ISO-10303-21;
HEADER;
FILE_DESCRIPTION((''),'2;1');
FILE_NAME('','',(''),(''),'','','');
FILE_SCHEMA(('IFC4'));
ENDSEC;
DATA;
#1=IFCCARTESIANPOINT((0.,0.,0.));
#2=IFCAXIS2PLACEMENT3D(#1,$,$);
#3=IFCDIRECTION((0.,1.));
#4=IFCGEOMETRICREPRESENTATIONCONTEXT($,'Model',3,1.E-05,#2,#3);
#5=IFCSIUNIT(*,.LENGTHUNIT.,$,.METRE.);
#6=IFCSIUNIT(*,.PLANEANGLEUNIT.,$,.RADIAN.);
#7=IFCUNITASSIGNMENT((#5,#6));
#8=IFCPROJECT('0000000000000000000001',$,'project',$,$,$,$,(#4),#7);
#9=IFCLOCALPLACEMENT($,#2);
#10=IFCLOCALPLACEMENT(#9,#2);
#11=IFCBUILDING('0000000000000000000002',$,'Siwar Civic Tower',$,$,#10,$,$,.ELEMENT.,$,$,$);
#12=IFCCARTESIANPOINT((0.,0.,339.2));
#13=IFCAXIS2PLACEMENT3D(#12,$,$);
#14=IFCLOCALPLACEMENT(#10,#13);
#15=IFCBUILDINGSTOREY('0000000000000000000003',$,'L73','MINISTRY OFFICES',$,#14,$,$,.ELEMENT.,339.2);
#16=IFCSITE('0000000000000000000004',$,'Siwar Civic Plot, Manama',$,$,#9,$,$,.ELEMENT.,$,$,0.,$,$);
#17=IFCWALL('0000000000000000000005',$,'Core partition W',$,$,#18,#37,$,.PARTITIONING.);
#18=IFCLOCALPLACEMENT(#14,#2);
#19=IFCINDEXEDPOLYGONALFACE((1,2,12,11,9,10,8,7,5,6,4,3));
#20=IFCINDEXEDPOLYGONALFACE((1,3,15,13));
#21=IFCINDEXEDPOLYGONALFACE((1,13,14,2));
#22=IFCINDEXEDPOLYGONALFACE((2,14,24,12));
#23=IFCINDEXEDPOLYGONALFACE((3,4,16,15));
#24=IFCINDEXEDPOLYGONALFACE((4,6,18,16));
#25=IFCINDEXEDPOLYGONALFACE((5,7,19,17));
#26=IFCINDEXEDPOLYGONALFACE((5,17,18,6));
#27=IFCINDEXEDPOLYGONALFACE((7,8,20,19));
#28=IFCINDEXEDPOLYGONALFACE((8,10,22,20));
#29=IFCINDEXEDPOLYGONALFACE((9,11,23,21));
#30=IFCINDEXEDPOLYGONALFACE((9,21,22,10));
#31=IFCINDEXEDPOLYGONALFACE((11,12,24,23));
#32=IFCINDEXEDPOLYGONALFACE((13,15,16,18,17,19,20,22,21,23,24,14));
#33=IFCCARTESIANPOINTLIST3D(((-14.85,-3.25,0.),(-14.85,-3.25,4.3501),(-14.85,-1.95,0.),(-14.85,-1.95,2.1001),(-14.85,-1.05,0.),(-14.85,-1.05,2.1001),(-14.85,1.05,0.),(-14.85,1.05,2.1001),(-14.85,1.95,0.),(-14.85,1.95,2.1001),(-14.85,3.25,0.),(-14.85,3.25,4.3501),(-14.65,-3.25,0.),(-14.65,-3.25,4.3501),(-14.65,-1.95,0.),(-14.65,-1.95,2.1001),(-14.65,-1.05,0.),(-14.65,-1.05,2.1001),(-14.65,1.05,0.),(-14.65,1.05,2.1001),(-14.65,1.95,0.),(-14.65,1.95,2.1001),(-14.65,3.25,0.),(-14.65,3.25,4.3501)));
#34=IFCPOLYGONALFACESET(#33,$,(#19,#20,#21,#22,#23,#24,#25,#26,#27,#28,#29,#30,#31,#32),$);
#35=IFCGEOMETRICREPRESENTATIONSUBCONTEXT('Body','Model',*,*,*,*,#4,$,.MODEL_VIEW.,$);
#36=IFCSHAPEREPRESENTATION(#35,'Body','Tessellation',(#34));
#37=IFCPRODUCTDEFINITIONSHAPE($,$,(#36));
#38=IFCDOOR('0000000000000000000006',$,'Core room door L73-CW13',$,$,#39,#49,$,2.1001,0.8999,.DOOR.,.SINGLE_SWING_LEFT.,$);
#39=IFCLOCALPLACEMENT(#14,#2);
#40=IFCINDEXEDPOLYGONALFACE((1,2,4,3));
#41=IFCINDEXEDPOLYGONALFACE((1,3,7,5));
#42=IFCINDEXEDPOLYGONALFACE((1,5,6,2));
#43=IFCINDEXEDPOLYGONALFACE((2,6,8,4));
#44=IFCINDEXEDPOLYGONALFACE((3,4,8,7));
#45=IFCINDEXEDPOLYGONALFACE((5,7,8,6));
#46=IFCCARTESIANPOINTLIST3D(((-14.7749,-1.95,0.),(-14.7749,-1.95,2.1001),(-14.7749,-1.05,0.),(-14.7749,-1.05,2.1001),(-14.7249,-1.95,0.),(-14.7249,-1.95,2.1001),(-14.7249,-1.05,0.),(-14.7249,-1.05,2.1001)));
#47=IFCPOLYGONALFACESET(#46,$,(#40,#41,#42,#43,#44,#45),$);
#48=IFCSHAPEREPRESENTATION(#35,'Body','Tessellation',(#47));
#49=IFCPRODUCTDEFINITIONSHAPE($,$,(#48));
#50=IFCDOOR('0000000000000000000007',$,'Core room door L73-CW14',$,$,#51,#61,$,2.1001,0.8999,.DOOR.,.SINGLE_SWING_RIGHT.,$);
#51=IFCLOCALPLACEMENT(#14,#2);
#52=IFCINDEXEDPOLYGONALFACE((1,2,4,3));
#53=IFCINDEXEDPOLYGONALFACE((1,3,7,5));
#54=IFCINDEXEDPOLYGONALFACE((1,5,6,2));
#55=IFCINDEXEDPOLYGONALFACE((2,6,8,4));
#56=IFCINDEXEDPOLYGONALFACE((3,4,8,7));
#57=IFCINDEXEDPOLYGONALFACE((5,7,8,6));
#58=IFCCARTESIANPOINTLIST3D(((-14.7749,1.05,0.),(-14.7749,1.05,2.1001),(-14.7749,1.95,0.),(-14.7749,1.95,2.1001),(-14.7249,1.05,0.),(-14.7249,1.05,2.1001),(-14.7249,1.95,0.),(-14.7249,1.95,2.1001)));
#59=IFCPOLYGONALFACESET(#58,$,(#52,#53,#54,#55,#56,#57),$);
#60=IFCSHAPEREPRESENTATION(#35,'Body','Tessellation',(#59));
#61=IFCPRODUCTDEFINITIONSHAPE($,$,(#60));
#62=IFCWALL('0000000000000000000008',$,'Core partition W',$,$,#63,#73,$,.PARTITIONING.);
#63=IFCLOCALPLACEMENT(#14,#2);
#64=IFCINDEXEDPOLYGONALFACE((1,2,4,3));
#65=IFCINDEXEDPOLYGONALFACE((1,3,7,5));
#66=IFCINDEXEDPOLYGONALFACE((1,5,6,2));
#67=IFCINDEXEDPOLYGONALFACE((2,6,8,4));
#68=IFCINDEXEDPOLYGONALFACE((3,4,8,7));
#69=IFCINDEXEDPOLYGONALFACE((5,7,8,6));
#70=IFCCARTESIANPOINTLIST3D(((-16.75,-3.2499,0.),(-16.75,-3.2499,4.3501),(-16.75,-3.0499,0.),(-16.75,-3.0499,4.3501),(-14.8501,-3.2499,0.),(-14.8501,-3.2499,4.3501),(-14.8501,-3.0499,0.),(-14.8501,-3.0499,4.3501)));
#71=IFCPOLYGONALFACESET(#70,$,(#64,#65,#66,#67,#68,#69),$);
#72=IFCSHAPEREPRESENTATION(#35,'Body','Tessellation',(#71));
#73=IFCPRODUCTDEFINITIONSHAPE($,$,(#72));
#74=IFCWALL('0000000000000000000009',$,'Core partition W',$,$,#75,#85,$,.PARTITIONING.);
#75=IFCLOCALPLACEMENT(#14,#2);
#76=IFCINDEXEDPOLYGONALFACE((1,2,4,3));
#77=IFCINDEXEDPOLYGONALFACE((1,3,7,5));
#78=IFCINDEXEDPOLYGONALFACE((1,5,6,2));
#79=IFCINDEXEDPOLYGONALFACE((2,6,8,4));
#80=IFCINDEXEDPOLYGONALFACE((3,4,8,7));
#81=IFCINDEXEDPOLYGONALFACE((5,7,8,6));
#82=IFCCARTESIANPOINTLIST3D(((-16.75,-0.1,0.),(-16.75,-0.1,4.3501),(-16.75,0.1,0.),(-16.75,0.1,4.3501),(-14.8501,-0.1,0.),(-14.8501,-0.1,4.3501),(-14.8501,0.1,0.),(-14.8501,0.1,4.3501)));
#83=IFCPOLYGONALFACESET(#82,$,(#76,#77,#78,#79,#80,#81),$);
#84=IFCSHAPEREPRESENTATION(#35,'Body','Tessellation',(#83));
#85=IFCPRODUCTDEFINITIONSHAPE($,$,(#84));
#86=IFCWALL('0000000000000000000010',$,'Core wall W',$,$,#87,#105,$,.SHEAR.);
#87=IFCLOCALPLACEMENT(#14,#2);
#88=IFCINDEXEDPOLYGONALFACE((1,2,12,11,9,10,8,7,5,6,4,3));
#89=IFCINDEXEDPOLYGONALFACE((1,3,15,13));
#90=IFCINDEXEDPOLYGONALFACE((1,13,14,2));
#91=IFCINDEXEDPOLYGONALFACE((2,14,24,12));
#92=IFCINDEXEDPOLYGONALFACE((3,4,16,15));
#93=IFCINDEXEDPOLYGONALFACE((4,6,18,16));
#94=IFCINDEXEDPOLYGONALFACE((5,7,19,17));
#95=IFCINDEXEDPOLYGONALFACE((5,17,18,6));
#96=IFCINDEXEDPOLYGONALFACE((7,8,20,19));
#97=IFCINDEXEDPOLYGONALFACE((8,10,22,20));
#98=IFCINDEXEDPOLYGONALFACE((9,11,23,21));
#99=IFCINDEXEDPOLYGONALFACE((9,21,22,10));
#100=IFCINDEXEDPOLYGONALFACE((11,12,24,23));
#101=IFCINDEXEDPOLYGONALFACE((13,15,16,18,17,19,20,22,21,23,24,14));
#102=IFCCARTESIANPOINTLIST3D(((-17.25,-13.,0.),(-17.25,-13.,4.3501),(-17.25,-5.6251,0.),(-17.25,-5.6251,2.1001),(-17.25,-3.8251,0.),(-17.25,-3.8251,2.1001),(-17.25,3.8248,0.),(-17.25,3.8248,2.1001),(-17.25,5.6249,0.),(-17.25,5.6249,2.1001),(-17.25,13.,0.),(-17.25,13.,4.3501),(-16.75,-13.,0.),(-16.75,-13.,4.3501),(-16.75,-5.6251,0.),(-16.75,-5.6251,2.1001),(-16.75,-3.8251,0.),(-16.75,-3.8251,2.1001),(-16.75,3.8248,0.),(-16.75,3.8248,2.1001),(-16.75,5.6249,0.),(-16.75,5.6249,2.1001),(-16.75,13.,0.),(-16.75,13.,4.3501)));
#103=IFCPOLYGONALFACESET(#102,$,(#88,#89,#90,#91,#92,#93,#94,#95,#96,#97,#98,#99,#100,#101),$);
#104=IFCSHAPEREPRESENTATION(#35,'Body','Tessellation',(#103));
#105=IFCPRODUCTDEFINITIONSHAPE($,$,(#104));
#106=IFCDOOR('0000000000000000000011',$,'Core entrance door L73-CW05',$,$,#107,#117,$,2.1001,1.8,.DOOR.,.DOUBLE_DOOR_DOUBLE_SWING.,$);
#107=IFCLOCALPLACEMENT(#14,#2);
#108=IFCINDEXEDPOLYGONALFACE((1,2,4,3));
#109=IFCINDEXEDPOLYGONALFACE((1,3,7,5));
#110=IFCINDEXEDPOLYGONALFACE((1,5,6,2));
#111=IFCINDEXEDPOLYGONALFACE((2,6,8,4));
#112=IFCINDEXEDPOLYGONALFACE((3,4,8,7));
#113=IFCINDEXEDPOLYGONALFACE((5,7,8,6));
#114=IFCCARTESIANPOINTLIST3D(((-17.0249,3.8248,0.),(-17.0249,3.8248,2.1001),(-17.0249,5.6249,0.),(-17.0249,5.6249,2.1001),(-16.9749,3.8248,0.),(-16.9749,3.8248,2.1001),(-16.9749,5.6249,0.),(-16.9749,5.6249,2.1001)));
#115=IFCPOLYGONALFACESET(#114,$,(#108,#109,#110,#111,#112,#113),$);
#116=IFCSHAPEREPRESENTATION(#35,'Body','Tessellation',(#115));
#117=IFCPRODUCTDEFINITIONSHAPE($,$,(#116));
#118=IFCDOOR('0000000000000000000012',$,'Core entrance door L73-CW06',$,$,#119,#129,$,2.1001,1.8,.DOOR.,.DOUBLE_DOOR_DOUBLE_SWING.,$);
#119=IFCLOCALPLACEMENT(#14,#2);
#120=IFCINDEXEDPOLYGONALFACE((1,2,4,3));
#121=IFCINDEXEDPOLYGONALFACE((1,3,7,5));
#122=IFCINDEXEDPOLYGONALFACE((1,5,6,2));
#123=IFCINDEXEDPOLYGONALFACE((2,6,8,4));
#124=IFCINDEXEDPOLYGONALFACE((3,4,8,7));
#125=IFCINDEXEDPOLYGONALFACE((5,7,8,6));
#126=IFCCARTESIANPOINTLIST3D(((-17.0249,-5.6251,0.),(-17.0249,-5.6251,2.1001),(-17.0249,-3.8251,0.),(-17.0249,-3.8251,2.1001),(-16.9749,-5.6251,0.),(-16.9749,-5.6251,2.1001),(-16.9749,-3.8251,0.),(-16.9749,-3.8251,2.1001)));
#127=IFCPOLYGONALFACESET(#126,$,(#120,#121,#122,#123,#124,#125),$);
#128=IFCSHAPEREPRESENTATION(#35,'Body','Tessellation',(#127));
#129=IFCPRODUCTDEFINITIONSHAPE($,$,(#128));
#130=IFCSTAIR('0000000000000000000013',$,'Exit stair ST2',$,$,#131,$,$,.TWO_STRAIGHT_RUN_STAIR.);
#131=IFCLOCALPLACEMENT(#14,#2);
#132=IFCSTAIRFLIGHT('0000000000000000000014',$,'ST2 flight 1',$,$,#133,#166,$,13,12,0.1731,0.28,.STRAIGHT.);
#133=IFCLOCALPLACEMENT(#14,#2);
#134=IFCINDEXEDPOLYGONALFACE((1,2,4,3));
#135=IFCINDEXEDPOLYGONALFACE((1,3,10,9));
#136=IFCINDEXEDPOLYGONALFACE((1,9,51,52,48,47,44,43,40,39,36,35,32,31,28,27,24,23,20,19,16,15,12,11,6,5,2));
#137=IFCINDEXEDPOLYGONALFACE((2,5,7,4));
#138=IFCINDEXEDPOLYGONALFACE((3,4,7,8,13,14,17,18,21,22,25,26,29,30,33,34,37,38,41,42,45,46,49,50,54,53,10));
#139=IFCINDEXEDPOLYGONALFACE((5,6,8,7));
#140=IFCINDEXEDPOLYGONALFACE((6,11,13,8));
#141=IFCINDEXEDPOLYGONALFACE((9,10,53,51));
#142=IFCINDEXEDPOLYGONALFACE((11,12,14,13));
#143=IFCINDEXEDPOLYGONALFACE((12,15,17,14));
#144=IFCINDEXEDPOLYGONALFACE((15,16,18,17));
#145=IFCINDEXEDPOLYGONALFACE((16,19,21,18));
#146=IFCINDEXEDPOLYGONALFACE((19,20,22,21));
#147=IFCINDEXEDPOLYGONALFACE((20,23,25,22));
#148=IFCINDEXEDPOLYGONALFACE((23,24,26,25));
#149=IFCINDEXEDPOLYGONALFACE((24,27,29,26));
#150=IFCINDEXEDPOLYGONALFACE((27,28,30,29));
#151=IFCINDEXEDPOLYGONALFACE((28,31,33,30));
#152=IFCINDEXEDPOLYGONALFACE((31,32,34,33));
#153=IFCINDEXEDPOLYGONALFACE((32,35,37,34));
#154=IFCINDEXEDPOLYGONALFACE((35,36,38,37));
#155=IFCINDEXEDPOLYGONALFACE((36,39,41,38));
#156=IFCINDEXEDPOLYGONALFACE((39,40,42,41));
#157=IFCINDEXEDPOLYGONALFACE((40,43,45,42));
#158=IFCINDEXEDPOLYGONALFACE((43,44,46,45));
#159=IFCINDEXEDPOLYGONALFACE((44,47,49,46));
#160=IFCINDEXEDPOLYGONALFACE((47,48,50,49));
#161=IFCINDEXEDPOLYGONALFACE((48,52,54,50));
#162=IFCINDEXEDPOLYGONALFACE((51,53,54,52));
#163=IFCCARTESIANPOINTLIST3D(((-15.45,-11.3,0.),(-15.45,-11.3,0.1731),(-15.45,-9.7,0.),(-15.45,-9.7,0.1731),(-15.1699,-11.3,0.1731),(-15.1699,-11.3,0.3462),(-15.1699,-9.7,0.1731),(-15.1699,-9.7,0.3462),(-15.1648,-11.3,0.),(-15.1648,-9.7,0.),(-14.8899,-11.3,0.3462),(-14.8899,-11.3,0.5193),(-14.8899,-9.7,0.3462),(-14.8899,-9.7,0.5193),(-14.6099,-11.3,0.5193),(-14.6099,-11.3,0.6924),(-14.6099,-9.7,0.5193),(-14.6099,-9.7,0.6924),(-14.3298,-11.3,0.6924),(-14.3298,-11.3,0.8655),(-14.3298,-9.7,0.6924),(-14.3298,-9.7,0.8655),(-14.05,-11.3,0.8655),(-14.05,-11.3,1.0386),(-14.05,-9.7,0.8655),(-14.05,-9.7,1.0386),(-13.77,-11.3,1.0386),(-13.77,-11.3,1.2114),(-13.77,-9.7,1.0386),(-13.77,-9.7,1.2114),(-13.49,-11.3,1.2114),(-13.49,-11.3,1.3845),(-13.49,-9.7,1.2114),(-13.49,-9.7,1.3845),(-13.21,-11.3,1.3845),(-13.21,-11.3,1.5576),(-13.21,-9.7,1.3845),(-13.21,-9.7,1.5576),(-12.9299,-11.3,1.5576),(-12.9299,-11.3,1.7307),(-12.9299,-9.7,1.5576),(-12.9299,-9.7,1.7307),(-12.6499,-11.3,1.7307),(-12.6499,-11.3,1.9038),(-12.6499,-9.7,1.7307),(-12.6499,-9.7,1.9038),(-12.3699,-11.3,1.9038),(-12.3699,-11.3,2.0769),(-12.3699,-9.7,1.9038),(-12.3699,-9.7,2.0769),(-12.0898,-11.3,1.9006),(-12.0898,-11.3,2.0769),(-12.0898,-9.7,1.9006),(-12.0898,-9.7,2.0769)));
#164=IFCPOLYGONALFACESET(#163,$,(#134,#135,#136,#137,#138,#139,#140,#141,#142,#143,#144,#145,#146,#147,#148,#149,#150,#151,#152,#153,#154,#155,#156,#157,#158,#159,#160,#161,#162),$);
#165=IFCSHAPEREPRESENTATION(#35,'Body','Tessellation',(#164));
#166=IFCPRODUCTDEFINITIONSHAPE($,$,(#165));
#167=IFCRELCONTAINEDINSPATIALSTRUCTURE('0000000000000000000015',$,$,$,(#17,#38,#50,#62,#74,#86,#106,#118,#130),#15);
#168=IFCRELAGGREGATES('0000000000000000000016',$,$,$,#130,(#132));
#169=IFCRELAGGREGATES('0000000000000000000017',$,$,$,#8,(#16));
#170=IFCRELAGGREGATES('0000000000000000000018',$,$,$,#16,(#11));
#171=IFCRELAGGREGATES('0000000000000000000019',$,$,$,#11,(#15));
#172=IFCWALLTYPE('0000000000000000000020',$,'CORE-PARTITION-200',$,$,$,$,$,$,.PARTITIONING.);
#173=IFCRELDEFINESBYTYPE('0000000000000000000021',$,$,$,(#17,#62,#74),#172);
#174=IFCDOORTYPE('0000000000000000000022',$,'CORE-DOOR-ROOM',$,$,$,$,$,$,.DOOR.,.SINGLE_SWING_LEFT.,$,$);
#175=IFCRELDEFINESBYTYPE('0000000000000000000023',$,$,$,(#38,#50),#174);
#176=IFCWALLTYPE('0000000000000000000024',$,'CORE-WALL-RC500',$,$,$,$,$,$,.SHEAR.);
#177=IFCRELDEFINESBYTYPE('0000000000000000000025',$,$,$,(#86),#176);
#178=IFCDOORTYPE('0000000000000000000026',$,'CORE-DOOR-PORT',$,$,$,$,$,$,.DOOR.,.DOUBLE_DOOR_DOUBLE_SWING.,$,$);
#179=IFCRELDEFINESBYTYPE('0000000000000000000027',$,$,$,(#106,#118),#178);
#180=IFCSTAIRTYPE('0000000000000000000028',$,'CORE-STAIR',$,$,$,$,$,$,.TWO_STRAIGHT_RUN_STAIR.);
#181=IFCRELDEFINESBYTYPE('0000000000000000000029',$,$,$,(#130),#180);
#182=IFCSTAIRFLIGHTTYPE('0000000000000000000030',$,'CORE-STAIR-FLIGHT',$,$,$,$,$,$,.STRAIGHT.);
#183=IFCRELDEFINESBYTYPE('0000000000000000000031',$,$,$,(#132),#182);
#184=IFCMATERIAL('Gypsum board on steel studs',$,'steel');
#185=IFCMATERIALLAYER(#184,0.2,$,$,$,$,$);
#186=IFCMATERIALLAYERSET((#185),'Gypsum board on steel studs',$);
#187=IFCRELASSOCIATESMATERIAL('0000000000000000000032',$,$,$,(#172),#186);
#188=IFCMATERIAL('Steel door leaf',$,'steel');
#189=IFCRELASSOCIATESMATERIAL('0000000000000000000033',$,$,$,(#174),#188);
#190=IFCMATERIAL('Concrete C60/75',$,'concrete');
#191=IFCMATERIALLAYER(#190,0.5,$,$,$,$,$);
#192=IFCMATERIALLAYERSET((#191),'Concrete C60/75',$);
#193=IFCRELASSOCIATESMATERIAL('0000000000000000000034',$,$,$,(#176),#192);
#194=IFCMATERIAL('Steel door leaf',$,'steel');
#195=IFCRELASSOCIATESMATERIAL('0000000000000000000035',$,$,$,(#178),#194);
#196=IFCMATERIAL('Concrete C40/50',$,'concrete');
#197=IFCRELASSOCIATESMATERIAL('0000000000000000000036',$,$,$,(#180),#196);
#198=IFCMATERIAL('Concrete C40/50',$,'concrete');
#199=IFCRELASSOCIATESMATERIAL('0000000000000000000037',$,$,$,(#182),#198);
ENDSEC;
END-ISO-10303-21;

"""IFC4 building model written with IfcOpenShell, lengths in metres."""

from ifc_helpers import new_model, si_unit, direction, frame, frame_2d, origin, place, context, subcontext, project, spatial, polyline, rectangle, outline, extrude, material, layer, layer_set, type_object, element, fill, aggregate, save


model = new_model("IFC4")

# Units and contexts
model_context = context("Model", 3, precision=1e-05, world=origin(), true_north=direction((0.0, 1.0)))
body_context = subcontext(model_context, "Body", "Model", "MODEL_VIEW")
ifc_project = project(units=[si_unit("LENGTHUNIT", "METRE"), si_unit("PLANEANGLEUNIT", "RADIAN")], contexts=[model_context])

# Site, building, storey
site_placement = place(None, origin())
site = spatial("IfcSite", under=ifc_project, at=site_placement, Name="Siwar Civic Plot, Manama", CompositionType="ELEMENT", RefElevation=0.0)
building_placement = place(site_placement, origin())
building = spatial("IfcBuilding", under=site, at=building_placement, Name="Siwar Civic Tower", CompositionType="ELEMENT")
storey_placement = place(building_placement, frame((0.0, 0.0, 339.2)))
storey = spatial("IfcBuildingStorey", under=building, at=storey_placement, Name="L73", Description="MINISTRY OFFICES", CompositionType="ELEMENT", Elevation=339.2)

# Wall, openings, doors
ifc_material_1 = material(Name="Gypsum board on steel studs", Category="steel")
ifc_layer_1 = layer(ifc_material_1, 0.2)
ifc_layer_set_1 = layer_set([ifc_layer_1], Name="Gypsum board on steel studs")
wall_type_1 = type_object("IfcWallType", Name="CORE-PARTITION-200", PredefinedType="PARTITIONING", material=ifc_layer_set_1)
wall_1_placement = place(storey_placement, frame((-14.75, -3.25, 0.0), z_axis=(0.0, 0.0, 1.0), x_axis=(0.0, 1.0, 0.0)))
wall_1 = element("IfcWall", 1, at=wall_1_placement, inside=storey, type_object=wall_type_1, Name="Core partition W", PredefinedType="PARTITIONING", context=body_context, shape_type="SweptSolid", body=[
    extrude(rectangle(XDim=6.5, YDim=0.2, at=frame_2d((3.25, 0.0))), origin(), (0.0, 0.0, 1.0), 4.3501),
])
opening_1_placement = place(wall_1_placement, frame((1.3, 0.0, 0.0)))
opening_1 = element("IfcOpeningElement", 2, at=opening_1_placement, cuts=wall_1, PredefinedType="OPENING", context=body_context, shape_type="SweptSolid", body=[
    extrude(rectangle(XDim=0.8999, YDim=2.1001, at=frame_2d((0.45, 1.05))), frame((0.0, 0.1099, 0.0), z_axis=(0.0, -1.0, 0.0), x_axis=(1.0, 0.0, 0.0)), (0.0, 0.0, 1.0), 0.22),
])
opening_2_placement = place(wall_1_placement, frame((4.3, 0.0, 0.0)))
opening_2 = element("IfcOpeningElement", 3, at=opening_2_placement, cuts=wall_1, PredefinedType="OPENING", context=body_context, shape_type="SweptSolid", body=[
    extrude(rectangle(XDim=0.8999, YDim=2.1001, at=frame_2d((0.45, 1.05))), frame((0.0, 0.1099, 0.0), z_axis=(0.0, -1.0, 0.0), x_axis=(1.0, 0.0, 0.0)), (0.0, 0.0, 1.0), 0.22),
])
ifc_material_2 = material(Name="Steel door leaf", Category="steel")
door_type_1 = type_object("IfcDoorType", Name="CORE-DOOR-ROOM", OperationType="SINGLE_SWING_LEFT", PredefinedType="DOOR", material=ifc_material_2)
door_1_placement = place(opening_1_placement, origin())
door_1 = element("IfcDoor", 4, at=door_1_placement, inside=storey, type_object=door_type_1, Name="Core room door L73-CW13", OperationType="SINGLE_SWING_LEFT", OverallHeight=2.1001, OverallWidth=0.8999, PredefinedType="DOOR", context=body_context, shape_type="SweptSolid", body=[
    extrude(rectangle(XDim=0.8999, YDim=2.1001, at=frame_2d((0.45, 1.05))), frame((0.0, 0.0249, 0.0), z_axis=(0.0, -1.0, 0.0), x_axis=(1.0, 0.0, 0.0)), (0.0, 0.0, 1.0), 0.05),
])
fill(opening_1, door_1)
door_2_placement = place(opening_2_placement, origin())
door_2 = element("IfcDoor", 5, at=door_2_placement, inside=storey, type_object=door_type_1, Name="Core room door L73-CW14", OperationType="SINGLE_SWING_RIGHT", OverallHeight=2.1001, OverallWidth=0.8999, PredefinedType="DOOR", context=body_context, shape_type="SweptSolid", body=[
    extrude(rectangle(XDim=0.8999, YDim=2.1001, at=frame_2d((0.45, 1.05))), frame((0.0, 0.0249, 0.0), z_axis=(0.0, -1.0, 0.0), x_axis=(1.0, 0.0, 0.0)), (0.0, 0.0, 1.0), 0.05),
])
fill(opening_2, door_2)

# Walls
for number, where, z_axis, x_axis, name in (
    (6, (-14.8501, -3.1499, 0.0), (0.0, 0.0, 1.0), (-1.0, 0.0, 0.0), "Core partition W"),
    (7, (-14.8501, 0.0, 0.0), (0.0, 0.0, 1.0), (-1.0, 0.0, 0.0), "Core partition W"),
):
    element("IfcWall", number, at=place(storey_placement, frame(where, z_axis=z_axis, x_axis=x_axis)), inside=storey, type_object=wall_type_1, Name=name, PredefinedType="PARTITIONING", context=body_context, shape_type="SweptSolid", body=[
        extrude(rectangle(XDim=1.8999, YDim=0.2, at=frame_2d((0.95, 0.0))), origin(), (0.0, 0.0, 1.0), 4.3501),
    ])

# Wall, openings, doors
ifc_material_3 = material(Name="Concrete C60/75", Category="concrete")
ifc_layer_2 = layer(ifc_material_3, 0.5)
ifc_layer_set_2 = layer_set([ifc_layer_2], Name="Concrete C60/75")
wall_type_2 = type_object("IfcWallType", Name="CORE-WALL-RC500", PredefinedType="SHEAR", material=ifc_layer_set_2)
wall_2_placement = place(storey_placement, frame((-17.0, -13.0, 0.0), z_axis=(0.0, 0.0, 1.0), x_axis=(0.0, 1.0, 0.0)))
wall_2 = element("IfcWall", 8, at=wall_2_placement, inside=storey, type_object=wall_type_2, Name="Core wall W", PredefinedType="SHEAR", context=body_context, shape_type="SweptSolid", body=[
    extrude(rectangle(XDim=26.0, YDim=0.5, at=frame_2d((13.0, 0.0))), origin(), (0.0, 0.0, 1.0), 4.3501),
])
opening_3_placement = place(wall_2_placement, frame((16.825, 0.0, 0.0)))
opening_3 = element("IfcOpeningElement", 9, at=opening_3_placement, cuts=wall_2, PredefinedType="OPENING", context=body_context, shape_type="SweptSolid", body=[
    extrude(rectangle(XDim=1.8, YDim=2.1001, at=frame_2d((0.8999, 1.05))), frame((0.0, 0.26, 0.0), z_axis=(0.0, -1.0, 0.0), x_axis=(1.0, 0.0, 0.0)), (0.0, 0.0, 1.0), 0.52),
])
opening_4_placement = place(wall_2_placement, frame((7.375, 0.0, 0.0)))
opening_4 = element("IfcOpeningElement", 10, at=opening_4_placement, cuts=wall_2, PredefinedType="OPENING", context=body_context, shape_type="SweptSolid", body=[
    extrude(rectangle(XDim=1.8, YDim=2.1001, at=frame_2d((0.8999, 1.05))), frame((0.0, 0.26, 0.0), z_axis=(0.0, -1.0, 0.0), x_axis=(1.0, 0.0, 0.0)), (0.0, 0.0, 1.0), 0.52),
])
ifc_material_4 = material(Name="Steel door leaf", Category="steel")
door_type_2 = type_object("IfcDoorType", Name="CORE-DOOR-PORT", OperationType="DOUBLE_DOOR_DOUBLE_SWING", PredefinedType="DOOR", material=ifc_material_4)
door_3_placement = place(opening_3_placement, origin())
door_3 = element("IfcDoor", 11, at=door_3_placement, inside=storey, type_object=door_type_2, Name="Core entrance door L73-CW05", OperationType="DOUBLE_DOOR_DOUBLE_SWING", OverallHeight=2.1001, OverallWidth=1.8, PredefinedType="DOOR", context=body_context, shape_type="SweptSolid", body=[
    extrude(rectangle(XDim=1.8, YDim=2.1001, at=frame_2d((0.8999, 1.05))), frame((0.0, 0.0249, 0.0), z_axis=(0.0, -1.0, 0.0), x_axis=(1.0, 0.0, 0.0)), (0.0, 0.0, 1.0), 0.05),
])
fill(opening_3, door_3)
door_4_placement = place(opening_4_placement, origin())
door_4 = element("IfcDoor", 12, at=door_4_placement, inside=storey, type_object=door_type_2, Name="Core entrance door L73-CW06", OperationType="DOUBLE_DOOR_DOUBLE_SWING", OverallHeight=2.1001, OverallWidth=1.8, PredefinedType="DOOR", context=body_context, shape_type="SweptSolid", body=[
    extrude(rectangle(XDim=1.8, YDim=2.1001, at=frame_2d((0.8999, 1.05))), frame((0.0, 0.0249, 0.0), z_axis=(0.0, -1.0, 0.0), x_axis=(1.0, 0.0, 0.0)), (0.0, 0.0, 1.0), 0.05),
])
fill(opening_4, door_4)

# Stair, stair flight
ifc_material_5 = material(Name="Concrete C40/50", Category="concrete")
stair_type = type_object("IfcStairType", Name="CORE-STAIR", PredefinedType="TWO_STRAIGHT_RUN_STAIR", material=ifc_material_5)
stair_placement = place(storey_placement, origin())
stair = element("IfcStair", 13, at=stair_placement, inside=storey, type_object=stair_type, Name="Exit stair ST2", PredefinedType="TWO_STRAIGHT_RUN_STAIR")
ifc_material_6 = material(Name="Concrete C40/50", Category="concrete")
stair_flight_type = type_object("IfcStairFlightType", Name="CORE-STAIR-FLIGHT", PredefinedType="STRAIGHT", material=ifc_material_6)
stair_flight_placement = place(storey_placement, frame((-15.45, -10.5, 0.0), z_axis=(0.0, 0.0, 1.0), x_axis=(1.0, 0.0, 0.0)))
stair_flight = element("IfcStairFlight", 14, at=stair_flight_placement, type_object=stair_flight_type, Name="ST2 flight 1", NumberOfRisers=13, NumberOfTreads=12, PredefinedType="STRAIGHT", RiserHeight=0.1731, TreadLength=0.28, context=body_context, shape_type="SweptSolid", body=[
    extrude(outline(polyline([(0.0, 0.0), (0.0, 0.1731), (0.28, 0.1731), (0.28, 0.3462), (0.5601, 0.3462), (0.5601, 0.5193), (0.8401, 0.5193), (0.8401, 0.6924), (1.1201, 0.6924), (1.1201, 0.8655), (1.3999, 0.8655), (1.3999, 1.0386), (1.6799, 1.0386), (1.6799, 1.2114), (1.96, 1.2114), (1.96, 1.3845), (2.24, 1.3845), (2.24, 1.5576), (2.52, 1.5576), (2.52, 1.7307), (2.8, 1.7307), (2.8, 1.9038), (3.0801, 1.9038), (3.0801, 2.0769), (3.3601, 2.0769), (3.3601, 2.25), (3.3601, 1.9006), (0.2852, 0.0), (0.0, 0.0)])), frame((0.0, 0.8, 0.0), z_axis=(0.0, -1.0, 0.0), x_axis=(1.0, 0.0, 0.0)), (0.0, 0.0, 1.0), 1.6001),
])
aggregate(stair, [stair_flight])

save(model, "model.ifc")
